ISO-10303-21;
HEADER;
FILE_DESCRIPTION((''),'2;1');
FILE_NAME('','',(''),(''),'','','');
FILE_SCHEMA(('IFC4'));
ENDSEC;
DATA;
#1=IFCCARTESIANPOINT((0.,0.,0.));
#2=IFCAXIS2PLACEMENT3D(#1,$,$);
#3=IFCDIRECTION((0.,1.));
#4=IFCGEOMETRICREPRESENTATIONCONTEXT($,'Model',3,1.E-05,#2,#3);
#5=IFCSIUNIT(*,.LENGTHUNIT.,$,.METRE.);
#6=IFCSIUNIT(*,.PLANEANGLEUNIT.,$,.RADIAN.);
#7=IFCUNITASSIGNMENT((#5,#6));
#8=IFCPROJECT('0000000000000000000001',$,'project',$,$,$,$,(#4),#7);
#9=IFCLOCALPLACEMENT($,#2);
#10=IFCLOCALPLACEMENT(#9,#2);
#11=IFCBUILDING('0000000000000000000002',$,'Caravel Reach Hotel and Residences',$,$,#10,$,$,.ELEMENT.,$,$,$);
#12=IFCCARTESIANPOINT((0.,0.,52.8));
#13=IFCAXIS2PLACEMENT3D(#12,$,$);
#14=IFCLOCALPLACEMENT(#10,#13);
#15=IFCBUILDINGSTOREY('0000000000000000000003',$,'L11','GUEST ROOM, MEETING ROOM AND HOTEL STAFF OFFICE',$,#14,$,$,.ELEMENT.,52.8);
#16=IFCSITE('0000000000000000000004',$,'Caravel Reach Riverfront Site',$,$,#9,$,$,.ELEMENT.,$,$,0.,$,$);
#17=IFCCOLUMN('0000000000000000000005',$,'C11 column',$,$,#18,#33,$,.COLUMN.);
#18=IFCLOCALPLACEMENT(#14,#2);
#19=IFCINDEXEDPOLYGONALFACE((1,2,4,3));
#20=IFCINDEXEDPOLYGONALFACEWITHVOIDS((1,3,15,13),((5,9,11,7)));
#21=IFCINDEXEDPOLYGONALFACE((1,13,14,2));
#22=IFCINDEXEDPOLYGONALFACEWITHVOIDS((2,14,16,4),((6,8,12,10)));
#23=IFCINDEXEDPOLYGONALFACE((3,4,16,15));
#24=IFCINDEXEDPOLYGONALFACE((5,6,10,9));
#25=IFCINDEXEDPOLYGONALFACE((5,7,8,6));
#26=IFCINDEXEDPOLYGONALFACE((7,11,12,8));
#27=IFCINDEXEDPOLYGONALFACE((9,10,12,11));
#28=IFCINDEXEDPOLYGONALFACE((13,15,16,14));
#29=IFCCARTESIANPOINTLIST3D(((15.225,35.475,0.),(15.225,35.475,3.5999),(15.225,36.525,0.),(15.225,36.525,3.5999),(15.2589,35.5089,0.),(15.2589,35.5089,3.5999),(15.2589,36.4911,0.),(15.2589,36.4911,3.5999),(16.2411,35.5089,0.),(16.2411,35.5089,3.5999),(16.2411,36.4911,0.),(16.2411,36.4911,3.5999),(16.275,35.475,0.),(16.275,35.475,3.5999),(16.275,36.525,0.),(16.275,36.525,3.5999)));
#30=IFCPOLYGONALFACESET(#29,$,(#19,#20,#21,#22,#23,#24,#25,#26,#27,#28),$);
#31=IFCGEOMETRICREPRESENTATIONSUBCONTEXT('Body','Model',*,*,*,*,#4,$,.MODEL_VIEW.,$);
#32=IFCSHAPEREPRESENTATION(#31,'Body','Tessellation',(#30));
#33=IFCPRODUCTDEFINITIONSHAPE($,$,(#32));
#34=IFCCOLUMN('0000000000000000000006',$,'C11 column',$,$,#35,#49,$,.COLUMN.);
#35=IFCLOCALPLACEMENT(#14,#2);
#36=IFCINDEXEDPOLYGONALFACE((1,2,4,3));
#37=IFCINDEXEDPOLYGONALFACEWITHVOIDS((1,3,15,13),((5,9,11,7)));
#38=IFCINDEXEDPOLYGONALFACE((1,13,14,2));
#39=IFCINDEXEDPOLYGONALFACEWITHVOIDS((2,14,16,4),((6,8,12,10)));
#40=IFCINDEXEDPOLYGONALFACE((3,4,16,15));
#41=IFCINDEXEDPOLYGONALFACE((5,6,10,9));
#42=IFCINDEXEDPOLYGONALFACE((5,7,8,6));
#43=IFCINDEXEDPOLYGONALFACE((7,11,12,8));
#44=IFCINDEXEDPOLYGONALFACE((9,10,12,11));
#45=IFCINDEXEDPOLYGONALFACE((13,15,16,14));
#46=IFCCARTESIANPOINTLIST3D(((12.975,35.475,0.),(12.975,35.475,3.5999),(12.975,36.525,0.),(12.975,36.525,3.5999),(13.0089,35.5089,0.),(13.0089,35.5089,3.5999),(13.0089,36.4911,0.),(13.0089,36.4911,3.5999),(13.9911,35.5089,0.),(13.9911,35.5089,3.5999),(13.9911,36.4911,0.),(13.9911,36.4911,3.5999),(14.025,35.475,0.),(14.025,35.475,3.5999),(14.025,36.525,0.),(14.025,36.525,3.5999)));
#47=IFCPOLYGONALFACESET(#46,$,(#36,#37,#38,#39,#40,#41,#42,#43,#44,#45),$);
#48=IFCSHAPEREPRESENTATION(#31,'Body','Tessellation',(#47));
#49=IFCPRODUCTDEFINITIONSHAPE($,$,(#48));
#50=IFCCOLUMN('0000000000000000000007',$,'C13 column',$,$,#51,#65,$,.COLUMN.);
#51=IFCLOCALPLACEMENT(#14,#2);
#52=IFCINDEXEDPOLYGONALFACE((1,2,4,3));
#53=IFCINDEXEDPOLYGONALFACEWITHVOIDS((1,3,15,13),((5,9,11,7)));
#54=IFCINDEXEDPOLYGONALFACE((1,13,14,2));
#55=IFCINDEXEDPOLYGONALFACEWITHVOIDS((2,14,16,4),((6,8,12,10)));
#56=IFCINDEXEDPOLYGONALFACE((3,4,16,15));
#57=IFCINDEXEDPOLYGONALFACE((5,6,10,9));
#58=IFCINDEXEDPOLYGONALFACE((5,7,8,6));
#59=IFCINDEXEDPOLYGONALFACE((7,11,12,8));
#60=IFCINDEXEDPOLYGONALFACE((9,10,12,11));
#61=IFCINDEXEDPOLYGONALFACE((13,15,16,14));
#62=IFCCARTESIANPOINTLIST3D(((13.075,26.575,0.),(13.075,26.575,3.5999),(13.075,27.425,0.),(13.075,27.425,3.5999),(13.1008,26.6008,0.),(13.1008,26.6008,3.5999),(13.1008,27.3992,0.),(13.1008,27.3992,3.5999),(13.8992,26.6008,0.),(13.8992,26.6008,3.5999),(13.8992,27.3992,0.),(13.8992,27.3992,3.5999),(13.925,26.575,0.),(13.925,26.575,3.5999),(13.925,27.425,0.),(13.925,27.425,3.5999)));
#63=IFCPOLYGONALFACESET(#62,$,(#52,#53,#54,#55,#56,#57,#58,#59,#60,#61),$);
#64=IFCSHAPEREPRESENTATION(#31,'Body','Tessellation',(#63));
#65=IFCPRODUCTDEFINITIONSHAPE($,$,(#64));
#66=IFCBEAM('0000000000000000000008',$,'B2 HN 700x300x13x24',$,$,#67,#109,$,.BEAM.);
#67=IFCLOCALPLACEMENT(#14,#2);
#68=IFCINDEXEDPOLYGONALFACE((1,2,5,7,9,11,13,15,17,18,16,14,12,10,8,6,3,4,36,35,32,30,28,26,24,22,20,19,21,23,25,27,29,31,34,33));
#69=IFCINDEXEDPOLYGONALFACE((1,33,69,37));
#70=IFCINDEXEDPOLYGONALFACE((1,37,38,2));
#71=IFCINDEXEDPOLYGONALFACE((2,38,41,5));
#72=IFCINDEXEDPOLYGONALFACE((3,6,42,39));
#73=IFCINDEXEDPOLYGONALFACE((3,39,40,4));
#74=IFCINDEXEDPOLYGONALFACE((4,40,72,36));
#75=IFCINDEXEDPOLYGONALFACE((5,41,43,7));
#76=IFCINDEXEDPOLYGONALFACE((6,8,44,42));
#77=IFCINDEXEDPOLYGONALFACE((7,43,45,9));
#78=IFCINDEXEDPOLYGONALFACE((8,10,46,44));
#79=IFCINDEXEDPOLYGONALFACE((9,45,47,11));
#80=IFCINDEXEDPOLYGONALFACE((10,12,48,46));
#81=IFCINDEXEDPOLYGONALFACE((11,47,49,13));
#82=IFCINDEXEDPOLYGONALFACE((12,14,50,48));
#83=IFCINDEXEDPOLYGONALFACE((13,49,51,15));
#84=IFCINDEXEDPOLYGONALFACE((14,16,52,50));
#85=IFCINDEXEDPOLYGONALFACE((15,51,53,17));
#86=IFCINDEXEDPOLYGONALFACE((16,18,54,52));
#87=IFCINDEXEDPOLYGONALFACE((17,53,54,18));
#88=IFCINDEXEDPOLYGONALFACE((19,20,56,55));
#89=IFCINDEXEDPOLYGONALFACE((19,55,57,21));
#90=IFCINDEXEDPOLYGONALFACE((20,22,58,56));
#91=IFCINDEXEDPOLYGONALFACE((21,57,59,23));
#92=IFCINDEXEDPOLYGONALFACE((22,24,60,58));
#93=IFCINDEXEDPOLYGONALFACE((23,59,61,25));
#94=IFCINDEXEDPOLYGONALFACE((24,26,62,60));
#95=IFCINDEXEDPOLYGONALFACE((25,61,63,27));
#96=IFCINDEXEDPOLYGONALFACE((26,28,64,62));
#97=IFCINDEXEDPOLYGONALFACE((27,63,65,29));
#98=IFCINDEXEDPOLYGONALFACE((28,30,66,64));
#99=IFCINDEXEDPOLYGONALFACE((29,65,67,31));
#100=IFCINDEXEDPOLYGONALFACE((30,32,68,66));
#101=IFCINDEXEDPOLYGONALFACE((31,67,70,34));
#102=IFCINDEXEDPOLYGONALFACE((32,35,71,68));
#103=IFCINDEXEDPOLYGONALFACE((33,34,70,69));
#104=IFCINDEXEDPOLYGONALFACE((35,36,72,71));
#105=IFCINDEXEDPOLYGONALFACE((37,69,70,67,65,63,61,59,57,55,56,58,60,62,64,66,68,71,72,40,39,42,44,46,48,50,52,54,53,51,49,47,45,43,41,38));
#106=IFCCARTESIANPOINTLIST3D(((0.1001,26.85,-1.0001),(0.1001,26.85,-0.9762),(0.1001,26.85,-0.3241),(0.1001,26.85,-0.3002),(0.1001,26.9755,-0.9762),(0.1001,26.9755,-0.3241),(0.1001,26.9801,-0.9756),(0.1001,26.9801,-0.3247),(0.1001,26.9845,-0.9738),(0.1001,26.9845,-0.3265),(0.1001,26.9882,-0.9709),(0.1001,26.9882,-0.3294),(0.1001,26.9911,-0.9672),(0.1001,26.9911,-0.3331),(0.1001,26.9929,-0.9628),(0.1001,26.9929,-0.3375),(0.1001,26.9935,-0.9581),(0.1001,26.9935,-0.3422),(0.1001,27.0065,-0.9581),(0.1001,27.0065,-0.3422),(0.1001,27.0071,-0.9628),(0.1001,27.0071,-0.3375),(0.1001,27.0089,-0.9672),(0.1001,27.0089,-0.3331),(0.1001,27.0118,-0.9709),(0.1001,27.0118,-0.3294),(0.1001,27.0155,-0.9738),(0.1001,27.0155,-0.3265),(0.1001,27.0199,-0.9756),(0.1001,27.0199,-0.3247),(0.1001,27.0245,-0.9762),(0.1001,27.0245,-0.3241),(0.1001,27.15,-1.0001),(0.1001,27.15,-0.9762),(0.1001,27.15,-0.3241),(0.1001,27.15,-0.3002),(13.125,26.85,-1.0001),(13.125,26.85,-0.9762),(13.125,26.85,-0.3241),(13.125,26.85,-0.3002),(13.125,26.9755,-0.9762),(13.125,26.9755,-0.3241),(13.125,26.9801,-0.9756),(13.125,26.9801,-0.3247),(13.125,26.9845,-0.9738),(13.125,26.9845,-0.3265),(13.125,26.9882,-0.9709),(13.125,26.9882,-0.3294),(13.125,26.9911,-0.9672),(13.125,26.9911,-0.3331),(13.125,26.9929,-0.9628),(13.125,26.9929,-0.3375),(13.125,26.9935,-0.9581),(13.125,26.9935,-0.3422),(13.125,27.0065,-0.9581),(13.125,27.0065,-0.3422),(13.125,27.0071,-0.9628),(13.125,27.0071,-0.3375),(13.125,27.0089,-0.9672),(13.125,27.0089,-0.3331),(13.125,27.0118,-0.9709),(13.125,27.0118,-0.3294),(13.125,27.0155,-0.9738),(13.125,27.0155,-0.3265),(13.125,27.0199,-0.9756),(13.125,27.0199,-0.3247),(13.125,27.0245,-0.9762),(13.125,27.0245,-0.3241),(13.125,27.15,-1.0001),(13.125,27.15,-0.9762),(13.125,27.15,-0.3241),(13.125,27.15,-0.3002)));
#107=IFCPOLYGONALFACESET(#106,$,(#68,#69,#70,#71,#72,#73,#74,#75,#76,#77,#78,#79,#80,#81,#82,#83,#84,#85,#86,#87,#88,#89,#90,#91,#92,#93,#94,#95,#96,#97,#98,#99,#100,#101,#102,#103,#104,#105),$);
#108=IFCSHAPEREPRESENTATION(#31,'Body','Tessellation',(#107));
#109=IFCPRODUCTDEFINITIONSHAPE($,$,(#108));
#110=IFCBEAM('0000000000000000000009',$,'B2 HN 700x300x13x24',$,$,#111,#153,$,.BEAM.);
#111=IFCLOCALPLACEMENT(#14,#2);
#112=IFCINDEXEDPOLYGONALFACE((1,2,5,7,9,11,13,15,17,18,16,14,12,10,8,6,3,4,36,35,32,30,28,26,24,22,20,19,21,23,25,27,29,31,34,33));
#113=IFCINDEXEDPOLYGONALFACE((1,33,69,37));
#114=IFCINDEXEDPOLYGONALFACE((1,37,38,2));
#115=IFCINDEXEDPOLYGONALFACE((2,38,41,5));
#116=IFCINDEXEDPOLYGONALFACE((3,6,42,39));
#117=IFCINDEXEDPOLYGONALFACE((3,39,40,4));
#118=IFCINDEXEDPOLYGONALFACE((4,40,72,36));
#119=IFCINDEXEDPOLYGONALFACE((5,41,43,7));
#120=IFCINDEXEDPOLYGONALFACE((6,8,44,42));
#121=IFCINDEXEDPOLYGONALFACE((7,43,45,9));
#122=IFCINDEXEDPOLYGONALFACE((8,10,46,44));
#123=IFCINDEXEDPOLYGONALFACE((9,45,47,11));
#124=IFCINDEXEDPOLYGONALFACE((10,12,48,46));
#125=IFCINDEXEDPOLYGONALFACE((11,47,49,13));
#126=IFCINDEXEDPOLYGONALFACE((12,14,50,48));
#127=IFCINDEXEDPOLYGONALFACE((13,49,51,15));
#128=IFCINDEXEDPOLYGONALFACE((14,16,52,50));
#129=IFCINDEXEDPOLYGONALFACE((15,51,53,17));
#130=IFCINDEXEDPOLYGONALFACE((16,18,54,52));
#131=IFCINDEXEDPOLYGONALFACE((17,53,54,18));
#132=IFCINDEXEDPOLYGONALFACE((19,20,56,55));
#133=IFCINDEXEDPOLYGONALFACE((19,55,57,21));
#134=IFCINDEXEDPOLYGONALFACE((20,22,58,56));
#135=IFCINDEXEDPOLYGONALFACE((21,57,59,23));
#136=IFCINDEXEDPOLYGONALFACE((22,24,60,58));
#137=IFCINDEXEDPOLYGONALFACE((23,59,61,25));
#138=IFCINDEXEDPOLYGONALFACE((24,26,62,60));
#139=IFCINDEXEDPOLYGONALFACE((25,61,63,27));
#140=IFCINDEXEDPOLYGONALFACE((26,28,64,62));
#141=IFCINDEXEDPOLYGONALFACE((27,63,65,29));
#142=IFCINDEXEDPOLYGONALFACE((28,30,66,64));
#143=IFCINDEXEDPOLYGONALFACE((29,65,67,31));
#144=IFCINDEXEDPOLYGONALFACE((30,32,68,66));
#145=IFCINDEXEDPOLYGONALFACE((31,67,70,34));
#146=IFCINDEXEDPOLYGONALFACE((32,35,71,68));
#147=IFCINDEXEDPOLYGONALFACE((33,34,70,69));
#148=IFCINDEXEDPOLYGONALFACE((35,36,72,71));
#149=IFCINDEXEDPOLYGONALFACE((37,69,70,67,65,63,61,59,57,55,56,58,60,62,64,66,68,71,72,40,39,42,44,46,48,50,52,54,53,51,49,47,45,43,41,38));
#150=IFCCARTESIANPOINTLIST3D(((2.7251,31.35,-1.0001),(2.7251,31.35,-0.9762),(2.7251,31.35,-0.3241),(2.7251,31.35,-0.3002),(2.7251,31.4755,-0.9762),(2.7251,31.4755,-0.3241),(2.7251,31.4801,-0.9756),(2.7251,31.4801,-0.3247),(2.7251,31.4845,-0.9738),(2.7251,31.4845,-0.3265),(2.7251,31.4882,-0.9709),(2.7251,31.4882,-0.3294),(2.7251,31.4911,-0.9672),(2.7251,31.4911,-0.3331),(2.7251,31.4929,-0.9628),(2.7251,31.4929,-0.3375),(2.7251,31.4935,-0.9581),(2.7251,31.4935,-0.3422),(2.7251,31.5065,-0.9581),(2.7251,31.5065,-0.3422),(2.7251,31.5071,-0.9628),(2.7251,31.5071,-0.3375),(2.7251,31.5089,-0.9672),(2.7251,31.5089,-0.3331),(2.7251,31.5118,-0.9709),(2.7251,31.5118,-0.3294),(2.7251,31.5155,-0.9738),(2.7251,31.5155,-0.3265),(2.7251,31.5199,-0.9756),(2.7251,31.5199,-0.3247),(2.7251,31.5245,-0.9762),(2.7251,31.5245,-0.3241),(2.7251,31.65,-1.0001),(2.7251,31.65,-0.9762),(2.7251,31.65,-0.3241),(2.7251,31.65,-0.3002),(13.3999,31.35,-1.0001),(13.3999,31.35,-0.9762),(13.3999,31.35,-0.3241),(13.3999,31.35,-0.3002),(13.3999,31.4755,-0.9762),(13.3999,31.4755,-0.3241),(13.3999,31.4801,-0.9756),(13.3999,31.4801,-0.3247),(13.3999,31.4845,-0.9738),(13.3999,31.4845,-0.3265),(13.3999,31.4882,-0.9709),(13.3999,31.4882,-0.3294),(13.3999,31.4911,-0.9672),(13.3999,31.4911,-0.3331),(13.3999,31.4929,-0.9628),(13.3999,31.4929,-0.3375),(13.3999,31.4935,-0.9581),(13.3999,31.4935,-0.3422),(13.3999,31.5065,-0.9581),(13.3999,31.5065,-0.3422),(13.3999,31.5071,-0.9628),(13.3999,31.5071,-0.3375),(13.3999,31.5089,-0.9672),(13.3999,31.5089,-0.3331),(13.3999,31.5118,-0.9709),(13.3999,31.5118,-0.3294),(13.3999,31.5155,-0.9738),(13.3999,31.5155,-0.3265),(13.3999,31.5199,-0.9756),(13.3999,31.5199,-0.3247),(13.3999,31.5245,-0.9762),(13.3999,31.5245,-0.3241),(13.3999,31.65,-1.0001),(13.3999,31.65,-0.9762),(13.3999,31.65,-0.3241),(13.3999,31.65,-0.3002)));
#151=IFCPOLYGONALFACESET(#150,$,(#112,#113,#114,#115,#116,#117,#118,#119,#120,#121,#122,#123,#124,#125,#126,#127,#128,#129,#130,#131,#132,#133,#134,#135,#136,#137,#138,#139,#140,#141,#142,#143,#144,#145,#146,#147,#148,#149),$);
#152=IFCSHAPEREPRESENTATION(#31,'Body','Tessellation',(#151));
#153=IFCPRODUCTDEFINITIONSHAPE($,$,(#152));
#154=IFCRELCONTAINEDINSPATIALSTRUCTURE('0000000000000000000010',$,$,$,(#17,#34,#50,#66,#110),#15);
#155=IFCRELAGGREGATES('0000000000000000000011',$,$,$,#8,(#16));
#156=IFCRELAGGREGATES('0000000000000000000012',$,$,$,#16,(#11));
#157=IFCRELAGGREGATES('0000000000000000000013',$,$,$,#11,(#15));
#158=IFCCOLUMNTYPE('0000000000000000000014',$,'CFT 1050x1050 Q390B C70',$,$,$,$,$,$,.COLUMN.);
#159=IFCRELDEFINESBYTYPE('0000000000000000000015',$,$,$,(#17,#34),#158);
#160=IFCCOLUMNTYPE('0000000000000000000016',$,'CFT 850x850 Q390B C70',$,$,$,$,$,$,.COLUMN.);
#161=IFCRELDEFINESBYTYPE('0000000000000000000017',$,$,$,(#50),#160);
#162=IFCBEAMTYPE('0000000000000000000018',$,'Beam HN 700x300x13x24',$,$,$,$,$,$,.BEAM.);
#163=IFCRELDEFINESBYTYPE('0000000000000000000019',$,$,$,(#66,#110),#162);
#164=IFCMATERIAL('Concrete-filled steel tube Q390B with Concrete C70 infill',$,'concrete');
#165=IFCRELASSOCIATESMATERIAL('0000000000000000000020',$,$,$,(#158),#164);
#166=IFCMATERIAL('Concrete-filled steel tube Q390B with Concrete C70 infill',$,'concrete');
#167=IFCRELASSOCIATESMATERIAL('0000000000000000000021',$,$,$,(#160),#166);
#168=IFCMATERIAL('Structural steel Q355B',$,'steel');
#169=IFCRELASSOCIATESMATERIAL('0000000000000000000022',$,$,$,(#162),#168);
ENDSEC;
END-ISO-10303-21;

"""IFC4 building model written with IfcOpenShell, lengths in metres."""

from ifc_helpers import new_model, si_unit, direction, frame, origin, origin_2d, place, context, subcontext, project, spatial, hollow_rectangle, i_section, extrude, material, material_profile, profile_set, type_object, element, save


model = new_model("IFC4")

# Units and contexts
model_context = context("Model", 3, precision=1e-05, world=origin(), true_north=direction((0.0, 1.0)))
body_context = subcontext(model_context, "Body", "Model", "MODEL_VIEW")
ifc_project = project(units=[si_unit("LENGTHUNIT", "METRE"), si_unit("PLANEANGLEUNIT", "RADIAN")], contexts=[model_context])

# Site, building, storey
site_placement = place(None, origin())
site = spatial("IfcSite", under=ifc_project, at=site_placement, Name="Caravel Reach Riverfront Site", CompositionType="ELEMENT", RefElevation=0.0)
building_placement = place(site_placement, origin())
building = spatial("IfcBuilding", under=site, at=building_placement, Name="Caravel Reach Hotel and Residences", CompositionType="ELEMENT")
storey_placement = place(building_placement, frame((0.0, 0.0, 52.8)))
storey = spatial("IfcBuildingStorey", under=building, at=storey_placement, Name="L11", Description="GUEST ROOM, MEETING ROOM AND HOTEL STAFF OFFICE", CompositionType="ELEMENT", Elevation=52.8)

# Columns
ifc_material_1 = material(Name="Concrete-filled steel tube Q390B with Concrete C70 infill", Category="concrete")
ifc_material_profile_1 = material_profile(ifc_material_1, hollow_rectangle(XDim=1.05, YDim=1.05, WallThickness=0.0339, at=origin_2d()), Name="RHS 1050x1050x34")
ifc_profile_set_1 = profile_set([ifc_material_profile_1], Name="Concrete-filled steel tube Q390B with Concrete C70 infill")
column_type_1 = type_object("IfcColumnType", Name="CFT 1050x1050 Q390B C70", PredefinedType="COLUMN", material=ifc_profile_set_1)
for number, where, z_axis, x_axis, name in (
    (1, (15.75, 36.0, 0.0), (0.0, 0.0, 1.0), (1.0, 0.0, 0.0), "C11 column"),
    (2, (13.5, 36.0, 0.0), (0.0, 0.0, 1.0), (1.0, 0.0, 0.0), "C11 column"),
):
    element("IfcColumn", number, at=place(storey_placement, frame(where, z_axis=z_axis, x_axis=x_axis)), inside=storey, type_object=column_type_1, Name=name, PredefinedType="COLUMN", context=body_context, shape_type="SweptSolid", body=[
        extrude(hollow_rectangle(XDim=1.05, YDim=1.05, WallThickness=0.0339, at=origin_2d()), origin(), (0.0, 0.0, 1.0), 3.5999),
    ])
ifc_material_2 = material(Name="Concrete-filled steel tube Q390B with Concrete C70 infill", Category="concrete")
ifc_material_profile_2 = material_profile(ifc_material_2, hollow_rectangle(XDim=0.8501, YDim=0.8501, WallThickness=0.0259, at=origin_2d()), Name="RHS 850x850x26")
ifc_profile_set_2 = profile_set([ifc_material_profile_2], Name="Concrete-filled steel tube Q390B with Concrete C70 infill")
column_type_2 = type_object("IfcColumnType", Name="CFT 850x850 Q390B C70", PredefinedType="COLUMN", material=ifc_profile_set_2)
column_placement = place(storey_placement, frame((13.5, 27.0, 0.0), z_axis=(0.0, 0.0, 1.0), x_axis=(1.0, 0.0, 0.0)))
element("IfcColumn", 3, at=column_placement, inside=storey, type_object=column_type_2, Name="C13 column", PredefinedType="COLUMN", context=body_context, shape_type="SweptSolid", body=[
    extrude(hollow_rectangle(XDim=0.8501, YDim=0.8501, WallThickness=0.0259, at=origin_2d()), origin(), (0.0, 0.0, 1.0), 3.5999),
])

# Beams
ifc_material_3 = material(Name="Structural steel Q355B", Category="steel")
ifc_material_profile_3 = material_profile(ifc_material_3, i_section(OverallWidth=0.3, OverallDepth=0.7, WebThickness=0.0129, FlangeThickness=0.0239, FilletRadius=0.0181, at=origin_2d()), Name="HN 700x300x13x24")
ifc_profile_set_3 = profile_set([ifc_material_profile_3], Name="Structural steel Q355B")
beam_type_1 = type_object("IfcBeamType", Name="Beam HN 700x300x13x24", PredefinedType="BEAM", material=ifc_profile_set_3)
beam_1_placement = place(storey_placement, frame((13.125, 27.0, -0.6501), z_axis=(-1.0, 0.0, 0.0), x_axis=(0.0, -1.0, 0.0)))
element("IfcBeam", 4, at=beam_1_placement, inside=storey, type_object=beam_type_1, Name="B2 HN 700x300x13x24", PredefinedType="BEAM", context=body_context, shape_type="SweptSolid", body=[
    extrude(i_section(OverallWidth=0.3, OverallDepth=0.7, WebThickness=0.0129, FlangeThickness=0.0239, FilletRadius=0.0181, at=origin_2d()), origin(), (0.0, 0.0, 1.0), 13.0249),
])
beam_2_placement = place(storey_placement, frame((13.3999, 31.5, -0.6501), z_axis=(-1.0, 0.0, 0.0), x_axis=(0.0, -1.0, 0.0)))
element("IfcBeam", 5, at=beam_2_placement, inside=storey, type_object=beam_type_1, Name="B2 HN 700x300x13x24", PredefinedType="BEAM", context=body_context, shape_type="SweptSolid", body=[
    extrude(i_section(OverallWidth=0.3, OverallDepth=0.7, WebThickness=0.0129, FlangeThickness=0.0239, FilletRadius=0.0181, at=origin_2d()), origin(), (0.0, 0.0, 1.0), 10.6748),
])

save(model, "model.ifc")
